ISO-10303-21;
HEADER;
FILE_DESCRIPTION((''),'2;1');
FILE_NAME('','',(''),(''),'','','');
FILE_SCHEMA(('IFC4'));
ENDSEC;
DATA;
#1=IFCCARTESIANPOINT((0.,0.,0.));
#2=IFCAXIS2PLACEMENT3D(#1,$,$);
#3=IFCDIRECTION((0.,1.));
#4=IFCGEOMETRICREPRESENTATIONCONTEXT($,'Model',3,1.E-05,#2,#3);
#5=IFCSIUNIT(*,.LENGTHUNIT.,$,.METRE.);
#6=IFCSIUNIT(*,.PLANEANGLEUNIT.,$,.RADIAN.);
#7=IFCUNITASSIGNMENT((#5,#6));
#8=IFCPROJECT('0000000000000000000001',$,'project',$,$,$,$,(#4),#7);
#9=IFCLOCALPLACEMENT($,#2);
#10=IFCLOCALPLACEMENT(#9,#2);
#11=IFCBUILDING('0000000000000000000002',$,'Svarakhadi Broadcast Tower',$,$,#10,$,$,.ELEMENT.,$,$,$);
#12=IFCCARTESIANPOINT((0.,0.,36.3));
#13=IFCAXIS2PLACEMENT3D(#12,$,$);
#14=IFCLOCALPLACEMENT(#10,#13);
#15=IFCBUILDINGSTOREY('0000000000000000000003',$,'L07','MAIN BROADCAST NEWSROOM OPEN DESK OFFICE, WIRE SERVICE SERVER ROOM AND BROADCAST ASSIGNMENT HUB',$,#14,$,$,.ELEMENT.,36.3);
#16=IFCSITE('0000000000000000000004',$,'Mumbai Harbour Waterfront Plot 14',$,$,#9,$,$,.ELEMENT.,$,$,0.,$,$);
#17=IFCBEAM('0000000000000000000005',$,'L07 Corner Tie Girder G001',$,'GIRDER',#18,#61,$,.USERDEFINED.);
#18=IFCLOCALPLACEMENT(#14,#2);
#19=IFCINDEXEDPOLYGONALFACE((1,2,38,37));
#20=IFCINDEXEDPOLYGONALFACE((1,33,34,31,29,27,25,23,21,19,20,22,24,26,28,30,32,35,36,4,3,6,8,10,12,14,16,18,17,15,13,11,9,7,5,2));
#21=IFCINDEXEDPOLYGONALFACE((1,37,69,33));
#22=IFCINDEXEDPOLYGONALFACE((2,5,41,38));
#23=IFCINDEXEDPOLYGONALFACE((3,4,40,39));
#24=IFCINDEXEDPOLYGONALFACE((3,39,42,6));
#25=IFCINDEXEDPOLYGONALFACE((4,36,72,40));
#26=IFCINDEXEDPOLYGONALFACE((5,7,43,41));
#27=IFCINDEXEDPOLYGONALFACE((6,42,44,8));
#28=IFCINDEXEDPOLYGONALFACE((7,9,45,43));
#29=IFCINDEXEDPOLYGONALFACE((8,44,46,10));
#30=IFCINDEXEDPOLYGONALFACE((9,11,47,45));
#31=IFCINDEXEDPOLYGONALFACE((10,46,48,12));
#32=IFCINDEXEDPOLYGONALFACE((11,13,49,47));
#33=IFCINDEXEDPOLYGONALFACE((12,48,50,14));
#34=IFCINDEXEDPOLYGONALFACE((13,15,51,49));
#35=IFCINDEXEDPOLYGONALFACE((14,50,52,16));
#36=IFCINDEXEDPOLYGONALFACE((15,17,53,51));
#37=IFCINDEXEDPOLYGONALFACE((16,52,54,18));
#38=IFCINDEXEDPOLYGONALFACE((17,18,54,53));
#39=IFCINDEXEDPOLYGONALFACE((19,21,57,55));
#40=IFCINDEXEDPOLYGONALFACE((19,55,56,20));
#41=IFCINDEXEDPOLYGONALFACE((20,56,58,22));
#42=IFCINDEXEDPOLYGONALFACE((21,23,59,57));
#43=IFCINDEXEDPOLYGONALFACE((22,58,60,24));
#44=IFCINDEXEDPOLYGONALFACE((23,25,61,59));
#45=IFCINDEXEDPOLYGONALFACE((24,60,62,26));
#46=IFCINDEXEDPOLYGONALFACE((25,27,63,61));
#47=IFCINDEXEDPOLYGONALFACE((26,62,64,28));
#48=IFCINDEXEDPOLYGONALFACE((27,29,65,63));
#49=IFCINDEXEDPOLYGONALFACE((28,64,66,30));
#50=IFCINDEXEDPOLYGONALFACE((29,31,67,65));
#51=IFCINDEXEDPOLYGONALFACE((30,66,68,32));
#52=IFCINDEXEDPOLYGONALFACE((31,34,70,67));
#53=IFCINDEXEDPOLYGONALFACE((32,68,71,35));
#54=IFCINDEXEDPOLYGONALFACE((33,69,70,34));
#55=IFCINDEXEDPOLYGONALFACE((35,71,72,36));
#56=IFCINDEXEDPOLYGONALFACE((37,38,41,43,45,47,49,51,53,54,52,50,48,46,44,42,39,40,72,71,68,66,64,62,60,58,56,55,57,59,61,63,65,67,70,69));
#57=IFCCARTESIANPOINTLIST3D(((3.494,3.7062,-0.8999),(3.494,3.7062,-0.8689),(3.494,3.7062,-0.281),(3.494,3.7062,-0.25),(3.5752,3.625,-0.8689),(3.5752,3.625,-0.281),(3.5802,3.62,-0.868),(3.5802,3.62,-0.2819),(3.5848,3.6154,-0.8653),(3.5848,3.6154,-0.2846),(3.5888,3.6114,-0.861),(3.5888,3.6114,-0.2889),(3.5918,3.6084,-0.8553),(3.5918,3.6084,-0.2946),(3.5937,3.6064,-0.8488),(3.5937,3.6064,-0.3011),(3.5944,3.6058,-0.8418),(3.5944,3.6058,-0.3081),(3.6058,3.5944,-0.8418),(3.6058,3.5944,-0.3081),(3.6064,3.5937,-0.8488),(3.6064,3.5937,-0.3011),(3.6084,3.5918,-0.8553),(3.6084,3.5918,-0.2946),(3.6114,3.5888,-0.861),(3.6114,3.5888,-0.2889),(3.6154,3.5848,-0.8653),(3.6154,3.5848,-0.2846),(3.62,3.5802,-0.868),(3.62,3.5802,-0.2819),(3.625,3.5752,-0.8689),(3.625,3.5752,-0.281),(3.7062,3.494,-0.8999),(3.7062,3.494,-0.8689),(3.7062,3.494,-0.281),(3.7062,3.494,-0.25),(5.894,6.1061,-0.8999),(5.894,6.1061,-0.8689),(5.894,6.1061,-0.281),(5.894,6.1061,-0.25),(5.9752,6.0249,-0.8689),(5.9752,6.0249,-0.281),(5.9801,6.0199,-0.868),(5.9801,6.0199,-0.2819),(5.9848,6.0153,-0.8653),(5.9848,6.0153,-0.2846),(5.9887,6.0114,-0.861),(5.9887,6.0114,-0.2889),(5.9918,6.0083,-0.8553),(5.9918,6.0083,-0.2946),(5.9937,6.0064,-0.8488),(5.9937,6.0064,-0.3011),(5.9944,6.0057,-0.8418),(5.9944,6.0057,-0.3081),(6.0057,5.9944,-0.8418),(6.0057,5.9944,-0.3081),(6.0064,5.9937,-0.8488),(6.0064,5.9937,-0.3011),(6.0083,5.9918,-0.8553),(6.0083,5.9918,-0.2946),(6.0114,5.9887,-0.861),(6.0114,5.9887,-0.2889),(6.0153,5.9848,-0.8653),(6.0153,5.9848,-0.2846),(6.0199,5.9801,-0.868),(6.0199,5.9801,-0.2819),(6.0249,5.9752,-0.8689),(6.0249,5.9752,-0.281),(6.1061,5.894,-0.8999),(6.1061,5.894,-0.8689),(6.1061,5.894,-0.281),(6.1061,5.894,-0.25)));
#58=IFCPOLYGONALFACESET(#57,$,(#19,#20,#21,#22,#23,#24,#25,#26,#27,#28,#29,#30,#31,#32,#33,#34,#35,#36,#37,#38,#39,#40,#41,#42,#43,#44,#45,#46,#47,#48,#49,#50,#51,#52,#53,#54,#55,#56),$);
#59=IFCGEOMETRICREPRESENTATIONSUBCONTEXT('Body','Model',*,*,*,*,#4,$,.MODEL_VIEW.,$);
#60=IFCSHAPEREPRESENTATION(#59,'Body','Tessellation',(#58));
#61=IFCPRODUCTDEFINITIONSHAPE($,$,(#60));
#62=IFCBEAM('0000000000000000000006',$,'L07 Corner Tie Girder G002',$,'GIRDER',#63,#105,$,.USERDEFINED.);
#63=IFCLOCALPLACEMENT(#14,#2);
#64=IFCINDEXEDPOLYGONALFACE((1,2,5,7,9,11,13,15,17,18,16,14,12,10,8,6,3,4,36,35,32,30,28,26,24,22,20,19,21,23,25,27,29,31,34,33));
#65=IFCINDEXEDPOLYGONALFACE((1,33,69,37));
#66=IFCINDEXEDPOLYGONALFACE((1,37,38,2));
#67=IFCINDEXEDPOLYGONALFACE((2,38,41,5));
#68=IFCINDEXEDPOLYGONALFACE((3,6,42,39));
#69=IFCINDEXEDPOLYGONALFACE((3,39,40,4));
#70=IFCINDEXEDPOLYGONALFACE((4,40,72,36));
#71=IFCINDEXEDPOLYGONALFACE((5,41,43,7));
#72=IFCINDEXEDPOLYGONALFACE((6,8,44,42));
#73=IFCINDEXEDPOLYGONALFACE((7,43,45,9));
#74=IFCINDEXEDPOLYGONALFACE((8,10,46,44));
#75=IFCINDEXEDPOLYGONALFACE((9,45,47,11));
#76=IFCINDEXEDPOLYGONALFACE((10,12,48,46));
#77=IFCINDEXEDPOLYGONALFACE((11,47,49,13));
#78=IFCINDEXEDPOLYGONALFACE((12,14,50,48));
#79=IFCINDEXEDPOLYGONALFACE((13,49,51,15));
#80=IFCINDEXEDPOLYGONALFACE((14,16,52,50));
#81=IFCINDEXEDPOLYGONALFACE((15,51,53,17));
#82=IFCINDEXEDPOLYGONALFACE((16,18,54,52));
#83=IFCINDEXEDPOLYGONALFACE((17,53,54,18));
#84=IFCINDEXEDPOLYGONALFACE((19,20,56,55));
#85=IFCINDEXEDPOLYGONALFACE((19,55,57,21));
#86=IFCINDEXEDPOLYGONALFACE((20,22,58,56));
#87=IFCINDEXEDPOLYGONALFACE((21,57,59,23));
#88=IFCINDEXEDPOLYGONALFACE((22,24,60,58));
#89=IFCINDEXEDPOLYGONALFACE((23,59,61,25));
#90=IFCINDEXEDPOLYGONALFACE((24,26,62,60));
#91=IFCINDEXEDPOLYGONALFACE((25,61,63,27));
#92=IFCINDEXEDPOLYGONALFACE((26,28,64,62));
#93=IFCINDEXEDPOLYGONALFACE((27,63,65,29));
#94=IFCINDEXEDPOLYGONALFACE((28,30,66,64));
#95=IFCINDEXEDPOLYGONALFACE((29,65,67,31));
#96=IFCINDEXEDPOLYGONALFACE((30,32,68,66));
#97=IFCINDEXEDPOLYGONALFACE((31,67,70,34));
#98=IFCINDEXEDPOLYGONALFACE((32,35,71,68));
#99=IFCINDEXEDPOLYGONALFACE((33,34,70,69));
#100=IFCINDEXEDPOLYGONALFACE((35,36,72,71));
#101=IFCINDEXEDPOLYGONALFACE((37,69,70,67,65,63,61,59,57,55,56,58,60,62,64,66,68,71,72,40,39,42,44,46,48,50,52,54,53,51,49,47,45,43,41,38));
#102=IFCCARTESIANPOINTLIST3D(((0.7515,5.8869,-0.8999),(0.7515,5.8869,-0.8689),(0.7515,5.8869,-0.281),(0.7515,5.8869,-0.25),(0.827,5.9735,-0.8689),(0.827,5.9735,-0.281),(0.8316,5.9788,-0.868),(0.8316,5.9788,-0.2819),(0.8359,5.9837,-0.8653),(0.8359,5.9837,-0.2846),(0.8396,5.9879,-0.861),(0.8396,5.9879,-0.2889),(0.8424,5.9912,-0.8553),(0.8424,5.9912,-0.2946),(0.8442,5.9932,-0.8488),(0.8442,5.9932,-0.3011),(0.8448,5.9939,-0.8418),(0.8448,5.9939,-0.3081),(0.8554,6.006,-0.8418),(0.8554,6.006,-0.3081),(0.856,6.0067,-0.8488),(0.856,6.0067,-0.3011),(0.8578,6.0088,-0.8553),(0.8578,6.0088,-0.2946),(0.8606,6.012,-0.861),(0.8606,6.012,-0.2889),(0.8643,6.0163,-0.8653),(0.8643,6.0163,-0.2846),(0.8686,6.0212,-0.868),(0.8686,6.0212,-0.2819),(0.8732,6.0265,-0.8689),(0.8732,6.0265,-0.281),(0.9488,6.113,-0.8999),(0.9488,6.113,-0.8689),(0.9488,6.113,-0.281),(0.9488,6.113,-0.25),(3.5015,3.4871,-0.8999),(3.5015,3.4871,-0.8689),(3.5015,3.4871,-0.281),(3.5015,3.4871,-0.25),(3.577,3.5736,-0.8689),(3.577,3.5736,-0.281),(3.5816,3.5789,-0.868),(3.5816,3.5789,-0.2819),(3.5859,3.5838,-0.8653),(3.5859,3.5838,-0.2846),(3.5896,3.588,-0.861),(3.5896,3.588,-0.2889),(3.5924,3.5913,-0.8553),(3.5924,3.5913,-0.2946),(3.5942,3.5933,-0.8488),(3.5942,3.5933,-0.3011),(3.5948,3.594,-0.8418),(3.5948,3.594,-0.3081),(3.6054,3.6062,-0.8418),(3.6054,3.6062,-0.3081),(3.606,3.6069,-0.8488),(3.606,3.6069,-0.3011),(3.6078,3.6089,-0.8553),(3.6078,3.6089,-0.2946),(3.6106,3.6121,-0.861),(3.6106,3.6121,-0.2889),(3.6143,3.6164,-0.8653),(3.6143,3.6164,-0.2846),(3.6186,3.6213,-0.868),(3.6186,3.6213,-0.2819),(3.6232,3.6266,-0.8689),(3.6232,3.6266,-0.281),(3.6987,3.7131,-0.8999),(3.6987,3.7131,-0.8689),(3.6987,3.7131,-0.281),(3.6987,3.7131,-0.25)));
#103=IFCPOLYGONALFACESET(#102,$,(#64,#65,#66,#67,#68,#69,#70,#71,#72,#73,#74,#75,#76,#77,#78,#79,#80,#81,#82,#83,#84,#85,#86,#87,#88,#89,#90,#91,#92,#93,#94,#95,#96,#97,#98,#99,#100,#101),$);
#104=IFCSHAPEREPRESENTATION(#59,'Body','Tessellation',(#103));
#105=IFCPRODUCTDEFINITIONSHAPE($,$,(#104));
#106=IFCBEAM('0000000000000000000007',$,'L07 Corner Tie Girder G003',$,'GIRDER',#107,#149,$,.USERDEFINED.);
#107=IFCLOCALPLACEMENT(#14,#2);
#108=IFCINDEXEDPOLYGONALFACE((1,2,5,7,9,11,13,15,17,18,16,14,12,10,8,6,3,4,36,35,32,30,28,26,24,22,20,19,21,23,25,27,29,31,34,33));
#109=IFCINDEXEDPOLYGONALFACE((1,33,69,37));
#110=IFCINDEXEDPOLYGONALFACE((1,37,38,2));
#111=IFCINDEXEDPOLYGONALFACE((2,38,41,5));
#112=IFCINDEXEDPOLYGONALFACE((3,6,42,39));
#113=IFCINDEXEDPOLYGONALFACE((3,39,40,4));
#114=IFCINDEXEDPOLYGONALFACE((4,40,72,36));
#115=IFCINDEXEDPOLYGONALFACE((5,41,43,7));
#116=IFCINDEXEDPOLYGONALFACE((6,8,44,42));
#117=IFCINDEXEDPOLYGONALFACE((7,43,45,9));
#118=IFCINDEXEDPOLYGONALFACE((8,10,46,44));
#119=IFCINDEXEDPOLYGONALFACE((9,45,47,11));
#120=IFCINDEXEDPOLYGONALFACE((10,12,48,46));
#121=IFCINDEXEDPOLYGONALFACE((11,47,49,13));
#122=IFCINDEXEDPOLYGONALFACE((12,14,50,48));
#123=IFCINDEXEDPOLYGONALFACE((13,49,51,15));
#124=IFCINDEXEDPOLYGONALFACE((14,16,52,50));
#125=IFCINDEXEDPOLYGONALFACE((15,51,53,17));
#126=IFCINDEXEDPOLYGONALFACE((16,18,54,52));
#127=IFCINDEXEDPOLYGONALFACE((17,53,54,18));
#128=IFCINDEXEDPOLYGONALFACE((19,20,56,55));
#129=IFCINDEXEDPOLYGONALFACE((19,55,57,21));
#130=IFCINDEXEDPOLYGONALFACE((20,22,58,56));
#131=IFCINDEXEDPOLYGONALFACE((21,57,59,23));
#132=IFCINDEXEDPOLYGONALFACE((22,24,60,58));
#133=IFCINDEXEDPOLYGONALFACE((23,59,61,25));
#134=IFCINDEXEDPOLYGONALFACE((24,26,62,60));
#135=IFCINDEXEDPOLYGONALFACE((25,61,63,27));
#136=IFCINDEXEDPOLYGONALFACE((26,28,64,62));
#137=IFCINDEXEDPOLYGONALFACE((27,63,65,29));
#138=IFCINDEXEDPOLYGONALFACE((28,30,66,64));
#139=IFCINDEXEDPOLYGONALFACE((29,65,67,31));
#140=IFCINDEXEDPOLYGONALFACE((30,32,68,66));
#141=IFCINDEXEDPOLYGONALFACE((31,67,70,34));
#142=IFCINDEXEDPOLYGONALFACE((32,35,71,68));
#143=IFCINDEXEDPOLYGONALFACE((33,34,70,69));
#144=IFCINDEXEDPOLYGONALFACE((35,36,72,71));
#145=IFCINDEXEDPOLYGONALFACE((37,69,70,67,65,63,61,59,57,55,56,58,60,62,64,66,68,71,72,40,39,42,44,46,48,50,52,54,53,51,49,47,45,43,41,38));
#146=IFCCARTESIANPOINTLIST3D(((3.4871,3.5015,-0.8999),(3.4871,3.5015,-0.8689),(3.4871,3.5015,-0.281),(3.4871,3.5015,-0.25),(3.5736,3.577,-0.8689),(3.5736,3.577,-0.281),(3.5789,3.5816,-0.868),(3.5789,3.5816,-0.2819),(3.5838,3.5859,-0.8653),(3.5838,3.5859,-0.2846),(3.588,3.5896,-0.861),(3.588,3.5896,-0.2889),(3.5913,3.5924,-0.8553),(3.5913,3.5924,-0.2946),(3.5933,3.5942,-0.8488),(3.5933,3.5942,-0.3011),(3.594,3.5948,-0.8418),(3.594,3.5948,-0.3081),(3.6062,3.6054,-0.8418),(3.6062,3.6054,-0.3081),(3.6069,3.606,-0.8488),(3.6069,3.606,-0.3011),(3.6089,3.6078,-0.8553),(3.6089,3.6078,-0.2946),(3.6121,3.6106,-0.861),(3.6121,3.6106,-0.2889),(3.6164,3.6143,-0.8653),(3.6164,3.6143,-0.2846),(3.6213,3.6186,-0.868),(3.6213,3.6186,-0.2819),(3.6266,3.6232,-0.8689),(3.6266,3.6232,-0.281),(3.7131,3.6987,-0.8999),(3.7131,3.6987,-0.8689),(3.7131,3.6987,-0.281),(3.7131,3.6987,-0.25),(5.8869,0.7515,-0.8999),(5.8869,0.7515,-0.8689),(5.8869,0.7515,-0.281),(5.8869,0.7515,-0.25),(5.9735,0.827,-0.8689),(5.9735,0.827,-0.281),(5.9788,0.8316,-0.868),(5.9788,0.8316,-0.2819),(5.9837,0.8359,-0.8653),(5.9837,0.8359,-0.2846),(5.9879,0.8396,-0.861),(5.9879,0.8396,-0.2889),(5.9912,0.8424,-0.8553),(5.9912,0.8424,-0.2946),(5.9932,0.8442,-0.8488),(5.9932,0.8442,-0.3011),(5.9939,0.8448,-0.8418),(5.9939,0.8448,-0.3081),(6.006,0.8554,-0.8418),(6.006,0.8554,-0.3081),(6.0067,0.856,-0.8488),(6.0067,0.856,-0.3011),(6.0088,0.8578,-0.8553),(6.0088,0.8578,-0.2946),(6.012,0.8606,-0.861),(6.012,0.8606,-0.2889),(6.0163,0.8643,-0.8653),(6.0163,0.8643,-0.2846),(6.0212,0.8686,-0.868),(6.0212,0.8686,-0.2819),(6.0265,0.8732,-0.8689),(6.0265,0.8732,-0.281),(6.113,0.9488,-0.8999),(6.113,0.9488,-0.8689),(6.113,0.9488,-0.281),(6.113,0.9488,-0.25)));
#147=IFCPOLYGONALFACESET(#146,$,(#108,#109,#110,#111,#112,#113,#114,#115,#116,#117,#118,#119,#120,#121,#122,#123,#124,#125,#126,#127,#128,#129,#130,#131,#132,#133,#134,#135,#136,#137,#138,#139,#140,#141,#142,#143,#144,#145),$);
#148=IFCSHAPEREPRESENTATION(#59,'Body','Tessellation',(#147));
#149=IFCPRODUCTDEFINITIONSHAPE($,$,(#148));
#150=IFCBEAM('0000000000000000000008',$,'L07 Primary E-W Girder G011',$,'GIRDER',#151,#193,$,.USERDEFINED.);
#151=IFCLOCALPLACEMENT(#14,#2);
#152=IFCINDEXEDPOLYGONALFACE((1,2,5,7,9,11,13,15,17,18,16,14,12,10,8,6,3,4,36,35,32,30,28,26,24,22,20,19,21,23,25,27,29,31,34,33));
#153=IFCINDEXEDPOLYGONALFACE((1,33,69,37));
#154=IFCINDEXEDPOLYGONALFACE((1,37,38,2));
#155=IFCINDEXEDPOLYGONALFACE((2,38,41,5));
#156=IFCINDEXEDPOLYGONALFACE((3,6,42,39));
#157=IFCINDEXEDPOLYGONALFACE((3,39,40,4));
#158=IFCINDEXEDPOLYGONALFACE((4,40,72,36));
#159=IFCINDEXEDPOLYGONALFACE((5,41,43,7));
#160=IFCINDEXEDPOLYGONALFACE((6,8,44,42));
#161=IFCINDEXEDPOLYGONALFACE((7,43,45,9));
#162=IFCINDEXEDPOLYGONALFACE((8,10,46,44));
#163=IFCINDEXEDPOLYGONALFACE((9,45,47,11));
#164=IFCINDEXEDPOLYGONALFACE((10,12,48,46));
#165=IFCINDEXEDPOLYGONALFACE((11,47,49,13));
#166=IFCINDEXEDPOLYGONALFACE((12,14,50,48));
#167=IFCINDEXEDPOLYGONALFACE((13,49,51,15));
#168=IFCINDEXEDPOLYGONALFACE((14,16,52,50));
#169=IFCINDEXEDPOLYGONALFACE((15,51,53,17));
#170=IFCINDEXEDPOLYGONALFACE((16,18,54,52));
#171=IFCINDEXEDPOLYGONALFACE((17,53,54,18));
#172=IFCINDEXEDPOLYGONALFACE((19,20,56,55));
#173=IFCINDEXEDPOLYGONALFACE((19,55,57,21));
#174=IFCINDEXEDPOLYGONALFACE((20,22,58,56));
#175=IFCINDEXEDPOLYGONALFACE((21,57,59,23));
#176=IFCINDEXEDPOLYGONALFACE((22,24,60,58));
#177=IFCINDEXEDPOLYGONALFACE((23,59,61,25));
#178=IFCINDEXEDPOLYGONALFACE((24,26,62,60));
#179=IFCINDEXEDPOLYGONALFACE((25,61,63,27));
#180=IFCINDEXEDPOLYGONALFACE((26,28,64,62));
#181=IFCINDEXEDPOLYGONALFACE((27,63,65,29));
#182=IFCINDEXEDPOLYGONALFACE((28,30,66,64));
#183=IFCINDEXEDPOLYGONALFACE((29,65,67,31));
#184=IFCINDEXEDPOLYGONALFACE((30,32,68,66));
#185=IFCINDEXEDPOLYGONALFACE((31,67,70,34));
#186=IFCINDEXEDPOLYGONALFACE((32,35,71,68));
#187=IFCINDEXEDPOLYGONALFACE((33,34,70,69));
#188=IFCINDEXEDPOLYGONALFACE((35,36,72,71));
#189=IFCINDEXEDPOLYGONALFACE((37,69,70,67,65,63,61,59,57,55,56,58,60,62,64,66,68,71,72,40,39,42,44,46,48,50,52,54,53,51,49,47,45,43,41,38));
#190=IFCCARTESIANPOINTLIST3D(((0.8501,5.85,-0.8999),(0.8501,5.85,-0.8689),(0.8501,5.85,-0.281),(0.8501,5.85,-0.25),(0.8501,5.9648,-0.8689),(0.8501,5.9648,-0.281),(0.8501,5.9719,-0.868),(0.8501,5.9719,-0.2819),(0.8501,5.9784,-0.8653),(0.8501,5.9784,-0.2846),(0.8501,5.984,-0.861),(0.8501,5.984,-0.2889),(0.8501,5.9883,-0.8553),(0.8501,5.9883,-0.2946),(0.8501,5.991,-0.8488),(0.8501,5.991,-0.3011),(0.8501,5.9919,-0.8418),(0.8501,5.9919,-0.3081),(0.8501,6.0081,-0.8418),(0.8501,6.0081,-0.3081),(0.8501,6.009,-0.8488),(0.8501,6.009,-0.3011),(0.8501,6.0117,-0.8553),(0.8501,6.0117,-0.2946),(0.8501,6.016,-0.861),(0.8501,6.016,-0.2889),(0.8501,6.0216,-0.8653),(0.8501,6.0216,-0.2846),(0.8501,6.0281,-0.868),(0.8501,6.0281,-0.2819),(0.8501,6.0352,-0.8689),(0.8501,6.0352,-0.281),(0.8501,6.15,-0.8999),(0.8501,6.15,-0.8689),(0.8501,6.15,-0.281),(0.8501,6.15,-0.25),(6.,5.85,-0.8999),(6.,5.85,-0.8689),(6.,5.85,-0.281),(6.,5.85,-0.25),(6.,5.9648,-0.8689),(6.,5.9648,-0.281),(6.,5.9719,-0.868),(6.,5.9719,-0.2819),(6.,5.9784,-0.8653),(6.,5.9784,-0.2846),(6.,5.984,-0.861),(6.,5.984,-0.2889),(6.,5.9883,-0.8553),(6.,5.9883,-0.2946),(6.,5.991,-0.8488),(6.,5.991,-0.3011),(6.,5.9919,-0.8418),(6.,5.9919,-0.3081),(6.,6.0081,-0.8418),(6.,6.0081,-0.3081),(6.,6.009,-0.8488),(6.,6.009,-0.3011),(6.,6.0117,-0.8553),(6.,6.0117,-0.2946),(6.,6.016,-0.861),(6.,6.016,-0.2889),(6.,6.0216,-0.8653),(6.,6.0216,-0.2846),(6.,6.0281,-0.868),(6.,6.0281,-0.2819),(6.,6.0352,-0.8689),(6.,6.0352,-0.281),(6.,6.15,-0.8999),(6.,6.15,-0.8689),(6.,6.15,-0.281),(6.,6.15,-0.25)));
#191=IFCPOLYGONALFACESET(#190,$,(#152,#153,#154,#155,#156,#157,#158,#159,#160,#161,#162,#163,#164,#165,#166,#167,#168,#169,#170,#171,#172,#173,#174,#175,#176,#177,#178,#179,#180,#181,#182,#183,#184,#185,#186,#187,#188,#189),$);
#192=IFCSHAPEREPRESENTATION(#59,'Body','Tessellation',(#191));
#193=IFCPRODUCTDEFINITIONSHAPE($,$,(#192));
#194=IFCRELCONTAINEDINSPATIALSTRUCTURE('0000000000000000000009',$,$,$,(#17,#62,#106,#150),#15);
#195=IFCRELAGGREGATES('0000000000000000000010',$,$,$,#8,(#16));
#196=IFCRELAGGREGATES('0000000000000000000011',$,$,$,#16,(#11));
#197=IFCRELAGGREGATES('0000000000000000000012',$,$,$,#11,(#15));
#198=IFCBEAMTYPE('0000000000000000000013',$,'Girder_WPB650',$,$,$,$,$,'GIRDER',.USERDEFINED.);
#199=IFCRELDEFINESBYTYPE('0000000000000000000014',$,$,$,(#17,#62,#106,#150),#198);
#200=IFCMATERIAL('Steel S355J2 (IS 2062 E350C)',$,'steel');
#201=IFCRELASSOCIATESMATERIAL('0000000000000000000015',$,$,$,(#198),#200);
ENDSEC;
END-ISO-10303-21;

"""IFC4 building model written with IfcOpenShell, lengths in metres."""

from ifc_helpers import new_model, si_unit, direction, frame, origin, origin_2d, place, context, subcontext, project, spatial, i_section, extrude, material, material_profile, profile_set, type_object, element, save


model = new_model("IFC4")

# Units and contexts
model_context = context("Model", 3, precision=1e-05, world=origin(), true_north=direction((0.0, 1.0)))
body_context = subcontext(model_context, "Body", "Model", "MODEL_VIEW")
ifc_project = project(units=[si_unit("LENGTHUNIT", "METRE"), si_unit("PLANEANGLEUNIT", "RADIAN")], contexts=[model_context])

# Site, building, storey
site_placement = place(None, origin())
site = spatial("IfcSite", under=ifc_project, at=site_placement, Name="Mumbai Harbour Waterfront Plot 14", CompositionType="ELEMENT", RefElevation=0.0)
building_placement = place(site_placement, origin())
building = spatial("IfcBuilding", under=site, at=building_placement, Name="Svarakhadi Broadcast Tower", CompositionType="ELEMENT")
storey_placement = place(building_placement, frame((0.0, 0.0, 36.3)))
storey = spatial("IfcBuildingStorey", under=building, at=storey_placement, Name="L07", Description="MAIN BROADCAST NEWSROOM OPEN DESK OFFICE, WIRE SERVICE SERVER ROOM AND BROADCAST ASSIGNMENT HUB", CompositionType="ELEMENT", Elevation=36.3)

# Beams
ifc_material_1 = material(Name="Steel S355J2 (IS 2062 E350C)", Category="steel")
ifc_material_profile_1 = material_profile(ifc_material_1, i_section(OverallWidth=0.3, OverallDepth=0.6499, WebThickness=0.0161, FlangeThickness=0.031, FilletRadius=0.0271, at=origin_2d()), Name="WPB 650x300x225")
ifc_profile_set_1 = profile_set([ifc_material_profile_1], Name="Steel S355J2 (IS 2062 E350C)")
beam_type = type_object("IfcBeamType", Name="Girder_WPB650", ElementType="GIRDER", PredefinedType="USERDEFINED", material=ifc_profile_set_1)
beam_1_placement = place(storey_placement, frame((3.6001, 3.6001, -0.575), z_axis=(0.707107, 0.707107, 0.0), x_axis=(-0.707107, 0.707107, 0.0)))
element("IfcBeam", 1, at=beam_1_placement, inside=storey, type_object=beam_type, Name="L07 Corner Tie Girder G001", ObjectType="GIRDER", PredefinedType="USERDEFINED", context=body_context, shape_type="SweptSolid", body=[
    extrude(i_section(OverallWidth=0.3, OverallDepth=0.6499, WebThickness=0.0161, FlangeThickness=0.031, FilletRadius=0.0271, at=origin_2d()), origin(), (0.0, 0.0, 1.0), 3.394),
])
for number, where, z_axis, x_axis, name in (
    (2, (3.6001, 3.6001, -0.575), (-0.753438, 0.657519, 0.0), (-0.657519, -0.753438, 0.0), "L07 Corner Tie Girder G002"),
    (3, (3.6001, 3.6001, -0.575), (0.657519, -0.753438, 0.0), (0.753438, 0.657519, 0.0), "L07 Corner Tie Girder G003"),
):
    element("IfcBeam", number, at=place(storey_placement, frame(where, z_axis=z_axis, x_axis=x_axis)), inside=storey, type_object=beam_type, Name=name, ObjectType="GIRDER", PredefinedType="USERDEFINED", context=body_context, shape_type="SweptSolid", body=[
        extrude(i_section(OverallWidth=0.3, OverallDepth=0.6499, WebThickness=0.0161, FlangeThickness=0.031, FilletRadius=0.0271, at=origin_2d()), origin(), (0.0, 0.0, 1.0), 3.6499),
    ])
beam_2_placement = place(storey_placement, frame((0.8501, 6.0, -0.575), z_axis=(1.0, 0.0, 0.0), x_axis=(0.0, 1.0, 0.0)))
element("IfcBeam", 4, at=beam_2_placement, inside=storey, type_object=beam_type, Name="L07 Primary E-W Girder G011", ObjectType="GIRDER", PredefinedType="USERDEFINED", context=body_context, shape_type="SweptSolid", body=[
    extrude(i_section(OverallWidth=0.3, OverallDepth=0.6499, WebThickness=0.0161, FlangeThickness=0.031, FilletRadius=0.0271, at=origin_2d()), origin(), (0.0, 0.0, 1.0), 5.1499),
])

save(model, "model.ifc")
